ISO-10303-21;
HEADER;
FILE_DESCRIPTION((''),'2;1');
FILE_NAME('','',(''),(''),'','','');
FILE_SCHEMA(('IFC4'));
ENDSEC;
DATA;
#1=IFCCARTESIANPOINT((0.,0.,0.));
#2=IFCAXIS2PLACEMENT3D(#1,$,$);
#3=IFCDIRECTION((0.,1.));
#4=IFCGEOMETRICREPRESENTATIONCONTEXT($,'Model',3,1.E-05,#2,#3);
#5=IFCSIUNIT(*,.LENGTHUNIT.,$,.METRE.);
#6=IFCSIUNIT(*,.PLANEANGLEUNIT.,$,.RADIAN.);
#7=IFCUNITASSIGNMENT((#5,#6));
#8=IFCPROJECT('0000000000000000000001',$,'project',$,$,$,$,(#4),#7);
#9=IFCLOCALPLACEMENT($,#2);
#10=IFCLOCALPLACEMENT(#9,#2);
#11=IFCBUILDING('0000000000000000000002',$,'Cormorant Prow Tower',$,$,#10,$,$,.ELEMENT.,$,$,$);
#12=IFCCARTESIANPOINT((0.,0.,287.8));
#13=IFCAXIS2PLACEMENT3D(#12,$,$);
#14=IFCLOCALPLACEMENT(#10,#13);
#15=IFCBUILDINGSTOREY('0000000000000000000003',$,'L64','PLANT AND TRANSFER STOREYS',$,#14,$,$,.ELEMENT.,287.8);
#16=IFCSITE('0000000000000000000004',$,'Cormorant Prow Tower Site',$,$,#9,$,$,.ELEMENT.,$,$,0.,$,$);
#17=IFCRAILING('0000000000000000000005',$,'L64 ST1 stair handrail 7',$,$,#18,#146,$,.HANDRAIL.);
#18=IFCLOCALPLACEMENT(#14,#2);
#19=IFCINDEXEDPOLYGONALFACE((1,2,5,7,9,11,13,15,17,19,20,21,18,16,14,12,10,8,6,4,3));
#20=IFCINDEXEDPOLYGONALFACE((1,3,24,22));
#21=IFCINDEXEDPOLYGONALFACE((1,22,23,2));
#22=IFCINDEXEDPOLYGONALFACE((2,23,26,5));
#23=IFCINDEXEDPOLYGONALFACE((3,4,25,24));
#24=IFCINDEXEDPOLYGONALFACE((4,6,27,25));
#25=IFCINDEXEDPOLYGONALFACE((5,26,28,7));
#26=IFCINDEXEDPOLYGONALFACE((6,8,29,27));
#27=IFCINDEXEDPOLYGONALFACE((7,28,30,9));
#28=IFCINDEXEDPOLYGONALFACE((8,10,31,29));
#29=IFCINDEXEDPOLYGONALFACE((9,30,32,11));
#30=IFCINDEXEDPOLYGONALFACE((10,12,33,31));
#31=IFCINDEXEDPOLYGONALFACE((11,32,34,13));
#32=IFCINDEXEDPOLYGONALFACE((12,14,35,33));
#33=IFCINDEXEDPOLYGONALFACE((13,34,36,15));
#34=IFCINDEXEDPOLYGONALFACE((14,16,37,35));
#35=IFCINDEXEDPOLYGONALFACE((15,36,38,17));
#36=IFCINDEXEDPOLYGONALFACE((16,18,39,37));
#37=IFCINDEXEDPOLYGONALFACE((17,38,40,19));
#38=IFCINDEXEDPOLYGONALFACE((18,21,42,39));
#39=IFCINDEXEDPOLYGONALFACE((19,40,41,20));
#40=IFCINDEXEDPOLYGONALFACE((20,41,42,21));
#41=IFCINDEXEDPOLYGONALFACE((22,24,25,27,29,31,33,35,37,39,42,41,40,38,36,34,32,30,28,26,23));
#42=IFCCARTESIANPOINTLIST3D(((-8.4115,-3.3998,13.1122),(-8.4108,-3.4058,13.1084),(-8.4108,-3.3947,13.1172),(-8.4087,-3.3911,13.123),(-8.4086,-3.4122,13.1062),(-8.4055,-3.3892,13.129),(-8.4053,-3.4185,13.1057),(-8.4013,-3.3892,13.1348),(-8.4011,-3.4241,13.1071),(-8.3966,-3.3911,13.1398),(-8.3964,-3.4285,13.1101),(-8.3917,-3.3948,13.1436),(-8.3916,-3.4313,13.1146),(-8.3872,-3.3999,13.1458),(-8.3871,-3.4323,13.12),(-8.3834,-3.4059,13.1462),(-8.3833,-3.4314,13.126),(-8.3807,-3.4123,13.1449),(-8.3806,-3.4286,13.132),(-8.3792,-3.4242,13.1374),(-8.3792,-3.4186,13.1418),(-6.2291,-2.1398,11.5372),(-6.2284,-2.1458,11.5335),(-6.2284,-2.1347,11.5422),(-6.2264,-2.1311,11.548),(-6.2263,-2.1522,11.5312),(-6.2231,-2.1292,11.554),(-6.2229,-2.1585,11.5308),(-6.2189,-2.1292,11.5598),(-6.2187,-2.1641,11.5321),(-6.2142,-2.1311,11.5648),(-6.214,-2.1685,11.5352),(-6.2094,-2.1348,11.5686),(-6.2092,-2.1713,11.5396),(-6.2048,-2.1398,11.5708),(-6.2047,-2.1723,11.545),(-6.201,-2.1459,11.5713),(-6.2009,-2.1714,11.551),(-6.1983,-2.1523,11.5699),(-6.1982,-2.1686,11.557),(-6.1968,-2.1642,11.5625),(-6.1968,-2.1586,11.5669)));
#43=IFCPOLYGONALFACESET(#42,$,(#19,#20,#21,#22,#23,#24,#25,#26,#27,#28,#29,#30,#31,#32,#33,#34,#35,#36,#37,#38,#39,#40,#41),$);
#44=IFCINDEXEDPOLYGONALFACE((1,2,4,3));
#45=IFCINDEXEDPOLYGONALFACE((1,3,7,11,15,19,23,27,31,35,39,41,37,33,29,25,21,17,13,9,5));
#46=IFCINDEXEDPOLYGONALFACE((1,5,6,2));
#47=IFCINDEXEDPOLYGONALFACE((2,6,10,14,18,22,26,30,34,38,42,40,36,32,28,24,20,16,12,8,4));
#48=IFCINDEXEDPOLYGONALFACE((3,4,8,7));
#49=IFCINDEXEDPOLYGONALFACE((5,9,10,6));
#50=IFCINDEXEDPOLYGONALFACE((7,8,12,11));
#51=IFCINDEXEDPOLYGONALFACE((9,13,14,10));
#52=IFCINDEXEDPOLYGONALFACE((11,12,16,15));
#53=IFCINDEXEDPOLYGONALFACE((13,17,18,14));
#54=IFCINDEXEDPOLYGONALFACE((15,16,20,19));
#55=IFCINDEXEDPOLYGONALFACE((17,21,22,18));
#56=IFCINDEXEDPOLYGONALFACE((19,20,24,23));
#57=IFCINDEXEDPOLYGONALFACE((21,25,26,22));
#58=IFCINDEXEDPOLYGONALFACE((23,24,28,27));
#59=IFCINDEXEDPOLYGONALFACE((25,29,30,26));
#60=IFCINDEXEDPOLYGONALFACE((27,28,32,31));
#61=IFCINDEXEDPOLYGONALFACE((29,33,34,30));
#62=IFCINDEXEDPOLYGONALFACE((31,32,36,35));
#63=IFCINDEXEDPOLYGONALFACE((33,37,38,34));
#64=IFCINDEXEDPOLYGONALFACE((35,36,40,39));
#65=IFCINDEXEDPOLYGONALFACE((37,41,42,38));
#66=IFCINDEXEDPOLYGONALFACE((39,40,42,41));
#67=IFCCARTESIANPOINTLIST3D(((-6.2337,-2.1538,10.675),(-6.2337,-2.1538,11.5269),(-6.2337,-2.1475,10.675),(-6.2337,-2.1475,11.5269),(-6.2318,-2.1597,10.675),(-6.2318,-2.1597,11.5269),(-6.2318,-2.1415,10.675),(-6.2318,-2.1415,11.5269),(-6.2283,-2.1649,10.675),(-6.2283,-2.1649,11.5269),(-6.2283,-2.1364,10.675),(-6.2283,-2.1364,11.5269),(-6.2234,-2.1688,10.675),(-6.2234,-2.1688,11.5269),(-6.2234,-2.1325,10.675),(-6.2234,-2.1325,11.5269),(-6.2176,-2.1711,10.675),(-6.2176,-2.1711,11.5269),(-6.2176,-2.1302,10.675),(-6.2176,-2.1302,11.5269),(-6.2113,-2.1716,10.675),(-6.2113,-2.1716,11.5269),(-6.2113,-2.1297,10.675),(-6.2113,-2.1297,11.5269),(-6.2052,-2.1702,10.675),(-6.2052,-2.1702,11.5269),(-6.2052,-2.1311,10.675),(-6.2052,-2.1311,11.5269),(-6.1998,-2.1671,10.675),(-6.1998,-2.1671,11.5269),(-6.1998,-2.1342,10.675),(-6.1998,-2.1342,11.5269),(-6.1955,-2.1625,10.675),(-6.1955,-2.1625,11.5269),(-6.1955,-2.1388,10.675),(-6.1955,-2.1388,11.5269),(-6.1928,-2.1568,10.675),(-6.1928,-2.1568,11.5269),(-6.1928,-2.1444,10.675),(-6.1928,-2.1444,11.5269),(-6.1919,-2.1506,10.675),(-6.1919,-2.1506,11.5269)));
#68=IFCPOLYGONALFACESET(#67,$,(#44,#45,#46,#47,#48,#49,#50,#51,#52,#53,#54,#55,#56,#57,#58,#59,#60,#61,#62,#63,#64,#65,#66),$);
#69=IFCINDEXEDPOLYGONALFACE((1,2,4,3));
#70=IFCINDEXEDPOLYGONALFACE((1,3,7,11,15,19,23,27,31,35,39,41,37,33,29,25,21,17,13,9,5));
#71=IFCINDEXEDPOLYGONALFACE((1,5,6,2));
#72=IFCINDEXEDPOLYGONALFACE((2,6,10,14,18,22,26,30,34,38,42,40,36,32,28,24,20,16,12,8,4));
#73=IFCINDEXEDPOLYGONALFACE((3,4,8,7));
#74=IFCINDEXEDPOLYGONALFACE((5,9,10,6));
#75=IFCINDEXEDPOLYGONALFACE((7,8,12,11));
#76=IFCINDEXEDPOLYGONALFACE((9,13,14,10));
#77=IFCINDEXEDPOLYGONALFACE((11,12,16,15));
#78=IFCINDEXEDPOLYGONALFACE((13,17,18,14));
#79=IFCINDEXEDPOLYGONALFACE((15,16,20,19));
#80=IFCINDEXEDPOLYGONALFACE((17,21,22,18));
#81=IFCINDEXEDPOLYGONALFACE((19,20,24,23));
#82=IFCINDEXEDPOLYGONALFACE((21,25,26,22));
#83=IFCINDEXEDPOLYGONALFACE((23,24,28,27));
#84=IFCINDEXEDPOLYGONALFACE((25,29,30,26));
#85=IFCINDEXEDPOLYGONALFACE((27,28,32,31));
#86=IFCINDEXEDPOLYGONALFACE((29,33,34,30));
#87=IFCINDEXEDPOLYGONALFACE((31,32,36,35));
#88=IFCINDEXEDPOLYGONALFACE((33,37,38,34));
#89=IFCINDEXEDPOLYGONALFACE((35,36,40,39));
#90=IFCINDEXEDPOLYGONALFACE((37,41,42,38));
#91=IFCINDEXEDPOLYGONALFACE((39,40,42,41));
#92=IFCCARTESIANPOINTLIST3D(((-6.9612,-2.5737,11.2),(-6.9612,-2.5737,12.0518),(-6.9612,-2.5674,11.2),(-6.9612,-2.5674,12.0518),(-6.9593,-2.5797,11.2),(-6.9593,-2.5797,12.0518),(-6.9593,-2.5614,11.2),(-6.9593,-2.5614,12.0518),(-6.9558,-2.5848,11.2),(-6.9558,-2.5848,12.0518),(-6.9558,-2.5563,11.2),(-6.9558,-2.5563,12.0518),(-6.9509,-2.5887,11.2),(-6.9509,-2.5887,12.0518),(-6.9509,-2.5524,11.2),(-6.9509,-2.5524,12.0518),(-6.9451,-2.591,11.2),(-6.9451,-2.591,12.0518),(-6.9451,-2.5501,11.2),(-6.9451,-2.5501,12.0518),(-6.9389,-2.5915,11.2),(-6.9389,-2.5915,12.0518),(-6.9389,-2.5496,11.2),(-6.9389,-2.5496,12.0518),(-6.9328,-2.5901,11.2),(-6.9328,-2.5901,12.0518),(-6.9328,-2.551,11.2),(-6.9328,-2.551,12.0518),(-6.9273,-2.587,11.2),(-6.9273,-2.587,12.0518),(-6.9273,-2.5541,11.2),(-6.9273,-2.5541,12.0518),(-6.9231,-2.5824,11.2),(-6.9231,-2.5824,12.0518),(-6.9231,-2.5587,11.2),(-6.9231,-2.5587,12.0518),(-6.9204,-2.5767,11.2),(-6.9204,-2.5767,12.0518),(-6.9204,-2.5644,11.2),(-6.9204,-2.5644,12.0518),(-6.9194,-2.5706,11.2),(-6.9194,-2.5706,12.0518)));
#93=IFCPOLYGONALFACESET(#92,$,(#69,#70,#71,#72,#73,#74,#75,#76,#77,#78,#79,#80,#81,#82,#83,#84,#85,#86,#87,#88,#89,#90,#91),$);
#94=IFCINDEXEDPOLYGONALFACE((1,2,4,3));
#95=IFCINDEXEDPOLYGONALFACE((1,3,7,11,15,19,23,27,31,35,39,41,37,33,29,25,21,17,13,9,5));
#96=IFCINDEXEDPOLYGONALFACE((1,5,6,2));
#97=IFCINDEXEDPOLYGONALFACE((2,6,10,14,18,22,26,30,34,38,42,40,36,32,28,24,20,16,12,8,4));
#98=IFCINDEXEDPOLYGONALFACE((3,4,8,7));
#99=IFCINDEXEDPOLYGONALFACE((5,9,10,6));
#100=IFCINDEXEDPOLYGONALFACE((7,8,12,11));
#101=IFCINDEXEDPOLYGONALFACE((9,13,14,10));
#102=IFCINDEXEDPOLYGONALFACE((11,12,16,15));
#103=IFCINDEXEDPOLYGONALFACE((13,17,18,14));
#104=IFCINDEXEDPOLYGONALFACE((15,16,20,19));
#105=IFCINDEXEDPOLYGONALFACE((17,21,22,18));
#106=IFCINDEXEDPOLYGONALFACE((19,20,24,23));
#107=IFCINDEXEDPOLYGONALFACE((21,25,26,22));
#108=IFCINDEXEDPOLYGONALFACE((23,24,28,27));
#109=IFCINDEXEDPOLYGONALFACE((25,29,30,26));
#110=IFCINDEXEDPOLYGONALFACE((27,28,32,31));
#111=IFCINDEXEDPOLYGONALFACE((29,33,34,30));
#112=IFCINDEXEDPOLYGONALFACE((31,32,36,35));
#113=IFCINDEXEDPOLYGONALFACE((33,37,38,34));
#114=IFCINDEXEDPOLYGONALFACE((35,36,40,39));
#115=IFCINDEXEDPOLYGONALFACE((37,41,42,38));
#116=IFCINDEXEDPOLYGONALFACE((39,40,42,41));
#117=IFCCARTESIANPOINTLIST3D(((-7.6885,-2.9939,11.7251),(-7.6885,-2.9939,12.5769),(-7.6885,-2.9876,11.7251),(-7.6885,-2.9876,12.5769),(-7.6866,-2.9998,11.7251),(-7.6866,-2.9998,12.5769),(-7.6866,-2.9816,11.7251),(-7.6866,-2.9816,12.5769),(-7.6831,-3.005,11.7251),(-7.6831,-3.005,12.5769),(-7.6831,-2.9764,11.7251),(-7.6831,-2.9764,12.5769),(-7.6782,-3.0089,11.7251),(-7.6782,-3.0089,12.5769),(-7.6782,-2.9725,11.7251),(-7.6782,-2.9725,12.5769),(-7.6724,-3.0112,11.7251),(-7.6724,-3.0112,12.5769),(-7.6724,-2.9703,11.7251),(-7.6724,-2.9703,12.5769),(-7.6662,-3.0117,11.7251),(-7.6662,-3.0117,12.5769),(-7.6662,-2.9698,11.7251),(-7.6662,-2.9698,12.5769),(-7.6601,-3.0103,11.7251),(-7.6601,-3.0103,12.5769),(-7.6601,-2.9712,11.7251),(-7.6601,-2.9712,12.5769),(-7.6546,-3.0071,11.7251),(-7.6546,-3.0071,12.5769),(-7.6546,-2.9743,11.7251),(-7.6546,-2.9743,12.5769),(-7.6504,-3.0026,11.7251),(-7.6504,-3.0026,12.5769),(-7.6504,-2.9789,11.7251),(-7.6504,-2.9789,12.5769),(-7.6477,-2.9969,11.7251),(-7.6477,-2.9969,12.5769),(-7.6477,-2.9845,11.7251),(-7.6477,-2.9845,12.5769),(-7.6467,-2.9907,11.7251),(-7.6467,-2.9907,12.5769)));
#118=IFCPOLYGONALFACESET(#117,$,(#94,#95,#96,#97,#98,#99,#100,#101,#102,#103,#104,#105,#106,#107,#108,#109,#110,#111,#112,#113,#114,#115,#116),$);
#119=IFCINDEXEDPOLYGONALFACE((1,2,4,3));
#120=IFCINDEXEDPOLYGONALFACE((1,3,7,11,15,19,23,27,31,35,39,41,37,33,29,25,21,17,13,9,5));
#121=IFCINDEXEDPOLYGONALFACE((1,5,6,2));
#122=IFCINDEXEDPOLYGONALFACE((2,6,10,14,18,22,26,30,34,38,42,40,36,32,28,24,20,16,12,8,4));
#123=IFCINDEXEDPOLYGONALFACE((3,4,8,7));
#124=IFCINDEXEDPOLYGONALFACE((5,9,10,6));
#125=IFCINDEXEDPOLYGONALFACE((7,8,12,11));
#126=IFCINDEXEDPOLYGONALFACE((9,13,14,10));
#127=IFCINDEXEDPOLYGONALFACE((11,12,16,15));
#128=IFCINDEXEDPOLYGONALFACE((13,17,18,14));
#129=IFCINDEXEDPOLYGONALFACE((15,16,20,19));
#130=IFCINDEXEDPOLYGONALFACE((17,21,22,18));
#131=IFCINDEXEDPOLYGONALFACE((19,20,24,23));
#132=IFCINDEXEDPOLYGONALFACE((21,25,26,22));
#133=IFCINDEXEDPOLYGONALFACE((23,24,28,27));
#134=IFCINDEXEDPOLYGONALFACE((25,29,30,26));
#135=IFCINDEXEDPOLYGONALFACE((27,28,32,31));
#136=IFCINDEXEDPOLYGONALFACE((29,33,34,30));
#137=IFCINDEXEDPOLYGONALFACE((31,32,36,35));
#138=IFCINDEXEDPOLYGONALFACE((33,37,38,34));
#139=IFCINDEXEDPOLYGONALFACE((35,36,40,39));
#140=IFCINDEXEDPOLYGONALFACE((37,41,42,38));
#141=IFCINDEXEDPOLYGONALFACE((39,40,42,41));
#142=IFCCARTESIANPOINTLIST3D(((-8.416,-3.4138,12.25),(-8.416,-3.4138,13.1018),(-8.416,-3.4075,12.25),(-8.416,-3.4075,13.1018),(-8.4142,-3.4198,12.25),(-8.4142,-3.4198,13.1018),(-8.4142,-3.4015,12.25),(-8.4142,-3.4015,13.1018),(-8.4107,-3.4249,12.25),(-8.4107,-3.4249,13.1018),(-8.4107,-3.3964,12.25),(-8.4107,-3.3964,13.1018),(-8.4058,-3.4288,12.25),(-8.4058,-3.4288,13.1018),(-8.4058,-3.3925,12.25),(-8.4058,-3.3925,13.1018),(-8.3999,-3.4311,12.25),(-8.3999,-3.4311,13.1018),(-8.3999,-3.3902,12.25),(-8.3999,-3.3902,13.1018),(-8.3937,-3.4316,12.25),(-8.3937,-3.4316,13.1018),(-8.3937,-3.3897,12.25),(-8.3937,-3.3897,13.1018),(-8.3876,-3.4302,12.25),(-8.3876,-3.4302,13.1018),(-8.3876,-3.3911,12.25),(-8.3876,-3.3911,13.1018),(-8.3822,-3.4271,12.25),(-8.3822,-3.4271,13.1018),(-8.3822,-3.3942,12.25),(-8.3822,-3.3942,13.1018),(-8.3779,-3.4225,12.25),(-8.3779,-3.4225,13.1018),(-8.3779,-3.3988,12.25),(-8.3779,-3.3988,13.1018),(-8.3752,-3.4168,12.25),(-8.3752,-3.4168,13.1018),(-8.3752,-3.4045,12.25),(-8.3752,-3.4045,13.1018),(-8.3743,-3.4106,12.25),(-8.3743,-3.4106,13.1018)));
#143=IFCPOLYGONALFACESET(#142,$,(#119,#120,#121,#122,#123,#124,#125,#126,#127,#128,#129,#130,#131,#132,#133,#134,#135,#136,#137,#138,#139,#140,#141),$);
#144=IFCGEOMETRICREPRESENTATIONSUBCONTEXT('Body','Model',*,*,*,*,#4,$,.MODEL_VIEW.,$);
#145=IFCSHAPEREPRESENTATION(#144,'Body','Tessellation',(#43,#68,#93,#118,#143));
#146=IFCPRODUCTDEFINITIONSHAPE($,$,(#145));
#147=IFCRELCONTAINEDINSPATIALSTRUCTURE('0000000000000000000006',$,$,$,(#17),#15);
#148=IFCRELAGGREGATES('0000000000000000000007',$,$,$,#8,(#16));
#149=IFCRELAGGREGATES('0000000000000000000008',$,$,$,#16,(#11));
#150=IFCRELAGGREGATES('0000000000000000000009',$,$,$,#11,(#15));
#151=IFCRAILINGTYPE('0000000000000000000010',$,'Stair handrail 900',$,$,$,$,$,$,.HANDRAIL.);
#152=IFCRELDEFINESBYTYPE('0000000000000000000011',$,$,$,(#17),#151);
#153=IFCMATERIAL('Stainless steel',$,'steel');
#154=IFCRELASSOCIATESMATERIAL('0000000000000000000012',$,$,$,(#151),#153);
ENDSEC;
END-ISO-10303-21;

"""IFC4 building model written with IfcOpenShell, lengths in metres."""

from ifc_helpers import new_model, si_unit, direction, frame, origin, origin_2d, place, context, subcontext, project, spatial, circle, extrude, material, type_object, element, save


model = new_model("IFC4")

# Units and contexts
model_context = context("Model", 3, precision=1e-05, world=origin(), true_north=direction((0.0, 1.0)))
body_context = subcontext(model_context, "Body", "Model", "MODEL_VIEW")
ifc_project = project(units=[si_unit("LENGTHUNIT", "METRE"), si_unit("PLANEANGLEUNIT", "RADIAN")], contexts=[model_context])

# Site, building, storey
site_placement = place(None, origin())
site = spatial("IfcSite", under=ifc_project, at=site_placement, Name="Cormorant Prow Tower Site", CompositionType="ELEMENT", RefElevation=0.0)
building_placement = place(site_placement, origin())
building = spatial("IfcBuilding", under=site, at=building_placement, Name="Cormorant Prow Tower", CompositionType="ELEMENT")
storey_placement = place(building_placement, frame((0.0, 0.0, 287.8)))
storey = spatial("IfcBuildingStorey", under=building, at=storey_placement, Name="L64", Description="PLANT AND TRANSFER STOREYS", CompositionType="ELEMENT", Elevation=287.8)

# Railing
ifc_material_1 = material(Name="Stainless steel", Category="steel")
railing_type_1 = type_object("IfcRailingType", Name="Stair handrail 900", PredefinedType="HANDRAIL", material=ifc_material_1)
for number, where, name in (
    (1, (-6.2129, -2.1506, 10.675), "L64 ST1 stair handrail 7"),
):
    element("IfcRailing", number, at=place(storey_placement, frame(where)), inside=storey, type_object=railing_type_1, Name=name, PredefinedType="HANDRAIL", context=body_context, shape_type="SweptSolid", body=[
        extrude(circle(Radius=0.0239, at=origin_2d()), frame((0.0, 0.0, 0.876), z_axis=(-0.734392, -0.424007, 0.529988), x_axis=(0.500005, -0.866023, 0.0)), (0.0, 0.0, 1.0), 2.9717),
        extrude(circle(Radius=0.021, at=origin_2d()), origin(), (0.0, 0.0, 1.0), 0.8518),
        extrude(circle(Radius=0.021, at=origin_2d()), frame((-0.7275, -0.4199, 0.5249)), (0.0, 0.0, 1.0), 0.8518),
        extrude(circle(Radius=0.021, at=origin_2d()), frame((-1.4548, -0.8401, 1.05)), (0.0, 0.0, 1.0), 0.8518),
        extrude(circle(Radius=0.021, at=origin_2d()), frame((-2.1824, -1.26, 1.575)), (0.0, 0.0, 1.0), 0.8518),
    ])

save(model, "model.ifc")
